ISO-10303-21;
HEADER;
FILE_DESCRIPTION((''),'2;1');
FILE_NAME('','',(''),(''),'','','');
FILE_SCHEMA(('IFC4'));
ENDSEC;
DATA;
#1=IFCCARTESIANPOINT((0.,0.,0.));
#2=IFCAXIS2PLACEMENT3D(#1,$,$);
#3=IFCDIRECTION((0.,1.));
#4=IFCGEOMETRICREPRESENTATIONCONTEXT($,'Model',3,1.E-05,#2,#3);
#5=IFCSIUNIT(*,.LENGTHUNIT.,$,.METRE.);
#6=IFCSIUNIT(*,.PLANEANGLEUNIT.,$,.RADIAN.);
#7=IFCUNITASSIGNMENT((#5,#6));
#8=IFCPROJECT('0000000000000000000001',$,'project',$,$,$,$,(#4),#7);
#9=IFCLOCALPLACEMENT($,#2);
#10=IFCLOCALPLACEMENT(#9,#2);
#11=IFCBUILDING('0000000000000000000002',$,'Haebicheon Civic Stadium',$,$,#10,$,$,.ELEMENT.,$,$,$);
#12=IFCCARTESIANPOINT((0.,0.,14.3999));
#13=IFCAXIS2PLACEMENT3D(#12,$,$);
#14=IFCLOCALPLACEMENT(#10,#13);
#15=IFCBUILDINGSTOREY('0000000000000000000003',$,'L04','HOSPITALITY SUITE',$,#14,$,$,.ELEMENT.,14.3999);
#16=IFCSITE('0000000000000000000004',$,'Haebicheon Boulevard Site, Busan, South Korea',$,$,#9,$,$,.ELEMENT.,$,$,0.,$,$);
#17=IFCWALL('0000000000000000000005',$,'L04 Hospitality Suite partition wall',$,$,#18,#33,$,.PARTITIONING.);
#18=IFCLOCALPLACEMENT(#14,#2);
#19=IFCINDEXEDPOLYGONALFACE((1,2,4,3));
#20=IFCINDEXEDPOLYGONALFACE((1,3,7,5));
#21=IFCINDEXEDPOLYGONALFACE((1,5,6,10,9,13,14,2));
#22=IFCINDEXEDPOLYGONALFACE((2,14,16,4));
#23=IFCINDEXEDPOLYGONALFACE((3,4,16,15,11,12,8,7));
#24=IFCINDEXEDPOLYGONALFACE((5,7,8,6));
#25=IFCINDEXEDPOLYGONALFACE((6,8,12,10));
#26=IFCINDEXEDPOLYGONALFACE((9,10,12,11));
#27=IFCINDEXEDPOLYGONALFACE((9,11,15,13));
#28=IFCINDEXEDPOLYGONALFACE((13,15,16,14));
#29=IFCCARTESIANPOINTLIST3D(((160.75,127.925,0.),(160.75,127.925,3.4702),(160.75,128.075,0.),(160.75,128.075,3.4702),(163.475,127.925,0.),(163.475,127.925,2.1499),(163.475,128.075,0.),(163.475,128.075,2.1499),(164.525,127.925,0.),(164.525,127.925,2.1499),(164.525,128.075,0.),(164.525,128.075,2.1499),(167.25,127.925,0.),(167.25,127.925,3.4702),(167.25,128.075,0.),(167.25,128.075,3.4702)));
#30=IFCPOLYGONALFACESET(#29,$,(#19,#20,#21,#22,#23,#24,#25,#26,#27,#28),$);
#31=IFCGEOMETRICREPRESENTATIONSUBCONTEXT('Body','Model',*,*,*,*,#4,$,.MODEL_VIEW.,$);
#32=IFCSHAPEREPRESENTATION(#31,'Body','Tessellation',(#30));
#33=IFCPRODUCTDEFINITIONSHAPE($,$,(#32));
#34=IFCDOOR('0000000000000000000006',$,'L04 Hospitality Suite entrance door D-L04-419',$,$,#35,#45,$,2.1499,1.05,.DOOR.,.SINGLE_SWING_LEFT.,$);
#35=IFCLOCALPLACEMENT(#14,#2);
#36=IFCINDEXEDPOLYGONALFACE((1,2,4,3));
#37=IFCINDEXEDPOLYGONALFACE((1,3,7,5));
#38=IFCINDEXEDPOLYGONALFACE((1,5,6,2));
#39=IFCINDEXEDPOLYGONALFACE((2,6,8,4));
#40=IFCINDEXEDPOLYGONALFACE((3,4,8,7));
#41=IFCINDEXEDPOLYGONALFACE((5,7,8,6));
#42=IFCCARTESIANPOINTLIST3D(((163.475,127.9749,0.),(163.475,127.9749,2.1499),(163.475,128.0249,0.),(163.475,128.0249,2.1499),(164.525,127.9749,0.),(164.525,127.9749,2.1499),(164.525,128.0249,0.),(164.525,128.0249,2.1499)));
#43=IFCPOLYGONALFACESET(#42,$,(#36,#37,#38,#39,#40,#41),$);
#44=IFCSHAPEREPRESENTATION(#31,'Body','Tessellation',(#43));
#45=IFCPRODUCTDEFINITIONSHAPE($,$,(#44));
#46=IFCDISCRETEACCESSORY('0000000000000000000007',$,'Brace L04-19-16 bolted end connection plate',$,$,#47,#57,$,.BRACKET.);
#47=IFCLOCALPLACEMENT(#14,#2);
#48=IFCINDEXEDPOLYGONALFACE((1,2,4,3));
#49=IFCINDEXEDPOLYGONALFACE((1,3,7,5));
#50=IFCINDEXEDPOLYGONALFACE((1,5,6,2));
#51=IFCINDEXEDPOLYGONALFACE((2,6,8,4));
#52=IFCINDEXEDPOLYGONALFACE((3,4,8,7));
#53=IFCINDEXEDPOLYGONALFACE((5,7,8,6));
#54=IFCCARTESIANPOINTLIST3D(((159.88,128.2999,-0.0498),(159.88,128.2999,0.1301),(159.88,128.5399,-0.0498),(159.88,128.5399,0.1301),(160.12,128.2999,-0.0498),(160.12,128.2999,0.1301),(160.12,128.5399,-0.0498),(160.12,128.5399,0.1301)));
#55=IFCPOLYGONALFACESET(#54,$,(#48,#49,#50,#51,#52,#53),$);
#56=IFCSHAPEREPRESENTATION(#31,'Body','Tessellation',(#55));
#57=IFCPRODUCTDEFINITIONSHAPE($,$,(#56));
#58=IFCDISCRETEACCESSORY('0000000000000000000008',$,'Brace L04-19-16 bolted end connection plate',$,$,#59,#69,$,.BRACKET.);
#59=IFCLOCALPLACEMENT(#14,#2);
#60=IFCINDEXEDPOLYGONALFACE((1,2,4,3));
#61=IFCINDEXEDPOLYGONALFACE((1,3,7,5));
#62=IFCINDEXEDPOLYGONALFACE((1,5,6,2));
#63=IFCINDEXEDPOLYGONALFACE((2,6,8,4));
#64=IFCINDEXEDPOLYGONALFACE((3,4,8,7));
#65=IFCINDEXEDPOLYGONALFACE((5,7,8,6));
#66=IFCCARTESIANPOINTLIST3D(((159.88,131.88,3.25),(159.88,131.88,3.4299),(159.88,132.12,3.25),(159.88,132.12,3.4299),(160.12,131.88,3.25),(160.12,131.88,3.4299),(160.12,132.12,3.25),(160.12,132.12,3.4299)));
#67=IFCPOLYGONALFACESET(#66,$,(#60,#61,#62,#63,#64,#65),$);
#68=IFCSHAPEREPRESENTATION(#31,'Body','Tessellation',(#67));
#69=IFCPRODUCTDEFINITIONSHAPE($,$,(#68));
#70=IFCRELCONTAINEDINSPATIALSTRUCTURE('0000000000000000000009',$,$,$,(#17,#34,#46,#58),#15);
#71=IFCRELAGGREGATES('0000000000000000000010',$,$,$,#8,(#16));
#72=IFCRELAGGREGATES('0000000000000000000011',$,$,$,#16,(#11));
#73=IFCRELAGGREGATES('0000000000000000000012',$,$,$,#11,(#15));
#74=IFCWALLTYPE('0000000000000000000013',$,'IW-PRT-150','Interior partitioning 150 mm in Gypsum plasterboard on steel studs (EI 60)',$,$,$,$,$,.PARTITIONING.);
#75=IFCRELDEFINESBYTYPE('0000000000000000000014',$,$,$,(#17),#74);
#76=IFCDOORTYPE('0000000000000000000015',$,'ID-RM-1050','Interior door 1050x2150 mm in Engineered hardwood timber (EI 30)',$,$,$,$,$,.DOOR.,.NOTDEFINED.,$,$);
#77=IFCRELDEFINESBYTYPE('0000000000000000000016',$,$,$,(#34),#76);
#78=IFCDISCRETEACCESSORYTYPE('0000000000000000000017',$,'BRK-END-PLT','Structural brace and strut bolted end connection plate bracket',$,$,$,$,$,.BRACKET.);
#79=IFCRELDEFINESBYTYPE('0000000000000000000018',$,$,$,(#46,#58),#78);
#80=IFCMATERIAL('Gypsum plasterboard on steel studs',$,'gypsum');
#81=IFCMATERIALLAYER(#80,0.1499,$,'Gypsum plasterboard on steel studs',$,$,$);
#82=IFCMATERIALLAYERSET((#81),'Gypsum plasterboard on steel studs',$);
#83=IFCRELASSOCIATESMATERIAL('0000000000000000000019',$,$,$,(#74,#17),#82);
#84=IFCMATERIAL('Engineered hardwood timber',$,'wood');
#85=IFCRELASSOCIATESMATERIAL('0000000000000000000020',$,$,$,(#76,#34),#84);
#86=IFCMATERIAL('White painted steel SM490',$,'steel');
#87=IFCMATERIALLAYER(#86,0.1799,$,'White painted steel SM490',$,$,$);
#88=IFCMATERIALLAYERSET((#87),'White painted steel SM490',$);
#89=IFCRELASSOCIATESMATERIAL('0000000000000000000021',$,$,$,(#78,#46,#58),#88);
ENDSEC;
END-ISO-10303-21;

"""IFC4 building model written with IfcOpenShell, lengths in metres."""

from ifc_helpers import new_model, si_unit, direction, frame, frame_2d, origin, origin_2d, place, context, subcontext, project, spatial, rectangle, extrude, material, layer, layer_set, type_object, element, fill, save


model = new_model("IFC4")

# Units and contexts
model_context = context("Model", 3, precision=1e-05, world=origin(), true_north=direction((0.0, 1.0)))
body_context = subcontext(model_context, "Body", "Model", "MODEL_VIEW")
ifc_project = project(units=[si_unit("LENGTHUNIT", "METRE"), si_unit("PLANEANGLEUNIT", "RADIAN")], contexts=[model_context])

# Site, building, storey
site_placement = place(None, origin())
site = spatial("IfcSite", under=ifc_project, at=site_placement, Name="Haebicheon Boulevard Site, Busan, South Korea", CompositionType="ELEMENT", RefElevation=0.0)
building_placement = place(site_placement, origin())
building = spatial("IfcBuilding", under=site, at=building_placement, Name="Haebicheon Civic Stadium", CompositionType="ELEMENT")
storey_placement = place(building_placement, frame((0.0, 0.0, 14.3999)))
storey = spatial("IfcBuildingStorey", under=building, at=storey_placement, Name="L04", Description="HOSPITALITY SUITE", CompositionType="ELEMENT", Elevation=14.3999)

# Wall, opening, door
ifc_material_1 = material(Name="Gypsum plasterboard on steel studs", Category="gypsum")
ifc_layer_1 = layer(ifc_material_1, 0.1499, Name="Gypsum plasterboard on steel studs")
ifc_layer_set_1 = layer_set([ifc_layer_1], Name="Gypsum plasterboard on steel studs")
wall_type_1 = type_object("IfcWallType", Name="IW-PRT-150", Description="Interior partitioning 150 mm in Gypsum plasterboard on steel studs (EI 60)", PredefinedType="PARTITIONING", material=ifc_layer_set_1)
ifc_material_2 = material(Name="Engineered hardwood timber", Category="wood")
door_type_1 = type_object("IfcDoorType", Name="ID-RM-1050", Description="Interior door 1050x2150 mm in Engineered hardwood timber (EI 30)", OperationType="NOTDEFINED", PredefinedType="DOOR", material=ifc_material_2)
wall_1_placement = place(storey_placement, frame((160.75, 128.0, 0.0), z_axis=(0.0, 0.0, 1.0), x_axis=(1.0, 0.0, 0.0)))
wall_1 = element("IfcWall", 1, at=wall_1_placement, inside=storey, type_object=wall_type_1, material=ifc_layer_set_1, Name="L04 Hospitality Suite partition wall", PredefinedType="PARTITIONING", context=body_context, shape_type="SweptSolid", body=[
    extrude(rectangle(XDim=6.5, YDim=0.1499, at=frame_2d((3.25, 0.0))), origin(), (0.0, 0.0, 1.0), 3.4702),
])
opening_1_placement = place(wall_1_placement, frame((2.7251, 0.0, 0.0)))
opening_1 = element("IfcOpeningElement", 2, at=opening_1_placement, cuts=wall_1, PredefinedType="OPENING", context=body_context, shape_type="SweptSolid", body=[
    extrude(rectangle(XDim=1.05, YDim=2.1499, at=frame_2d((0.5249, 1.075))), frame((0.0, 0.085, 0.0), z_axis=(0.0, -1.0, 0.0), x_axis=(1.0, 0.0, 0.0)), (0.0, 0.0, 1.0), 0.1699),
])
door_1_placement = place(opening_1_placement, origin())
door_1 = element("IfcDoor", 3, at=door_1_placement, inside=storey, type_object=door_type_1, material=ifc_material_2, Name="L04 Hospitality Suite entrance door D-L04-419", OperationType="SINGLE_SWING_LEFT", OverallHeight=2.1499, OverallWidth=1.05, PredefinedType="DOOR", context=body_context, shape_type="SweptSolid", body=[
    extrude(rectangle(XDim=1.05, YDim=2.1499, at=frame_2d((0.5249, 1.075))), frame((0.0, 0.0249, 0.0), z_axis=(0.0, -1.0, 0.0), x_axis=(1.0, 0.0, 0.0)), (0.0, 0.0, 1.0), 0.05),
])
fill(opening_1, door_1)

# Discrete accessories
ifc_material_3 = material(Name="White painted steel SM490", Category="steel")
ifc_layer_2 = layer(ifc_material_3, 0.1799, Name="White painted steel SM490")
ifc_layer_set_2 = layer_set([ifc_layer_2], Name="White painted steel SM490")
discrete_accessory_type = type_object("IfcDiscreteAccessoryType", Name="BRK-END-PLT", Description="Structural brace and strut bolted end connection plate bracket", PredefinedType="BRACKET", material=ifc_layer_set_2)
for number, where, z_axis, x_axis, name in (
    (4, (160.0, 128.4199, -0.0498), (0.0, 0.0, 1.0), (1.0, 0.0, 0.0), "Brace L04-19-16 bolted end connection plate"),
    (5, (160.0, 132.0, 3.25), (0.0, 0.0, 1.0), (1.0, 0.0, 0.0), "Brace L04-19-16 bolted end connection plate"),
):
    element("IfcDiscreteAccessory", number, at=place(storey_placement, frame(where, z_axis=z_axis, x_axis=x_axis)), inside=storey, type_object=discrete_accessory_type, material=ifc_layer_set_2, Name=name, PredefinedType="BRACKET", context=body_context, shape_type="SweptSolid", body=[
        extrude(rectangle(XDim=0.24, YDim=0.24, at=origin_2d()), origin(), (0.0, 0.0, 1.0), 0.1799),
    ])

save(model, "model.ifc")
